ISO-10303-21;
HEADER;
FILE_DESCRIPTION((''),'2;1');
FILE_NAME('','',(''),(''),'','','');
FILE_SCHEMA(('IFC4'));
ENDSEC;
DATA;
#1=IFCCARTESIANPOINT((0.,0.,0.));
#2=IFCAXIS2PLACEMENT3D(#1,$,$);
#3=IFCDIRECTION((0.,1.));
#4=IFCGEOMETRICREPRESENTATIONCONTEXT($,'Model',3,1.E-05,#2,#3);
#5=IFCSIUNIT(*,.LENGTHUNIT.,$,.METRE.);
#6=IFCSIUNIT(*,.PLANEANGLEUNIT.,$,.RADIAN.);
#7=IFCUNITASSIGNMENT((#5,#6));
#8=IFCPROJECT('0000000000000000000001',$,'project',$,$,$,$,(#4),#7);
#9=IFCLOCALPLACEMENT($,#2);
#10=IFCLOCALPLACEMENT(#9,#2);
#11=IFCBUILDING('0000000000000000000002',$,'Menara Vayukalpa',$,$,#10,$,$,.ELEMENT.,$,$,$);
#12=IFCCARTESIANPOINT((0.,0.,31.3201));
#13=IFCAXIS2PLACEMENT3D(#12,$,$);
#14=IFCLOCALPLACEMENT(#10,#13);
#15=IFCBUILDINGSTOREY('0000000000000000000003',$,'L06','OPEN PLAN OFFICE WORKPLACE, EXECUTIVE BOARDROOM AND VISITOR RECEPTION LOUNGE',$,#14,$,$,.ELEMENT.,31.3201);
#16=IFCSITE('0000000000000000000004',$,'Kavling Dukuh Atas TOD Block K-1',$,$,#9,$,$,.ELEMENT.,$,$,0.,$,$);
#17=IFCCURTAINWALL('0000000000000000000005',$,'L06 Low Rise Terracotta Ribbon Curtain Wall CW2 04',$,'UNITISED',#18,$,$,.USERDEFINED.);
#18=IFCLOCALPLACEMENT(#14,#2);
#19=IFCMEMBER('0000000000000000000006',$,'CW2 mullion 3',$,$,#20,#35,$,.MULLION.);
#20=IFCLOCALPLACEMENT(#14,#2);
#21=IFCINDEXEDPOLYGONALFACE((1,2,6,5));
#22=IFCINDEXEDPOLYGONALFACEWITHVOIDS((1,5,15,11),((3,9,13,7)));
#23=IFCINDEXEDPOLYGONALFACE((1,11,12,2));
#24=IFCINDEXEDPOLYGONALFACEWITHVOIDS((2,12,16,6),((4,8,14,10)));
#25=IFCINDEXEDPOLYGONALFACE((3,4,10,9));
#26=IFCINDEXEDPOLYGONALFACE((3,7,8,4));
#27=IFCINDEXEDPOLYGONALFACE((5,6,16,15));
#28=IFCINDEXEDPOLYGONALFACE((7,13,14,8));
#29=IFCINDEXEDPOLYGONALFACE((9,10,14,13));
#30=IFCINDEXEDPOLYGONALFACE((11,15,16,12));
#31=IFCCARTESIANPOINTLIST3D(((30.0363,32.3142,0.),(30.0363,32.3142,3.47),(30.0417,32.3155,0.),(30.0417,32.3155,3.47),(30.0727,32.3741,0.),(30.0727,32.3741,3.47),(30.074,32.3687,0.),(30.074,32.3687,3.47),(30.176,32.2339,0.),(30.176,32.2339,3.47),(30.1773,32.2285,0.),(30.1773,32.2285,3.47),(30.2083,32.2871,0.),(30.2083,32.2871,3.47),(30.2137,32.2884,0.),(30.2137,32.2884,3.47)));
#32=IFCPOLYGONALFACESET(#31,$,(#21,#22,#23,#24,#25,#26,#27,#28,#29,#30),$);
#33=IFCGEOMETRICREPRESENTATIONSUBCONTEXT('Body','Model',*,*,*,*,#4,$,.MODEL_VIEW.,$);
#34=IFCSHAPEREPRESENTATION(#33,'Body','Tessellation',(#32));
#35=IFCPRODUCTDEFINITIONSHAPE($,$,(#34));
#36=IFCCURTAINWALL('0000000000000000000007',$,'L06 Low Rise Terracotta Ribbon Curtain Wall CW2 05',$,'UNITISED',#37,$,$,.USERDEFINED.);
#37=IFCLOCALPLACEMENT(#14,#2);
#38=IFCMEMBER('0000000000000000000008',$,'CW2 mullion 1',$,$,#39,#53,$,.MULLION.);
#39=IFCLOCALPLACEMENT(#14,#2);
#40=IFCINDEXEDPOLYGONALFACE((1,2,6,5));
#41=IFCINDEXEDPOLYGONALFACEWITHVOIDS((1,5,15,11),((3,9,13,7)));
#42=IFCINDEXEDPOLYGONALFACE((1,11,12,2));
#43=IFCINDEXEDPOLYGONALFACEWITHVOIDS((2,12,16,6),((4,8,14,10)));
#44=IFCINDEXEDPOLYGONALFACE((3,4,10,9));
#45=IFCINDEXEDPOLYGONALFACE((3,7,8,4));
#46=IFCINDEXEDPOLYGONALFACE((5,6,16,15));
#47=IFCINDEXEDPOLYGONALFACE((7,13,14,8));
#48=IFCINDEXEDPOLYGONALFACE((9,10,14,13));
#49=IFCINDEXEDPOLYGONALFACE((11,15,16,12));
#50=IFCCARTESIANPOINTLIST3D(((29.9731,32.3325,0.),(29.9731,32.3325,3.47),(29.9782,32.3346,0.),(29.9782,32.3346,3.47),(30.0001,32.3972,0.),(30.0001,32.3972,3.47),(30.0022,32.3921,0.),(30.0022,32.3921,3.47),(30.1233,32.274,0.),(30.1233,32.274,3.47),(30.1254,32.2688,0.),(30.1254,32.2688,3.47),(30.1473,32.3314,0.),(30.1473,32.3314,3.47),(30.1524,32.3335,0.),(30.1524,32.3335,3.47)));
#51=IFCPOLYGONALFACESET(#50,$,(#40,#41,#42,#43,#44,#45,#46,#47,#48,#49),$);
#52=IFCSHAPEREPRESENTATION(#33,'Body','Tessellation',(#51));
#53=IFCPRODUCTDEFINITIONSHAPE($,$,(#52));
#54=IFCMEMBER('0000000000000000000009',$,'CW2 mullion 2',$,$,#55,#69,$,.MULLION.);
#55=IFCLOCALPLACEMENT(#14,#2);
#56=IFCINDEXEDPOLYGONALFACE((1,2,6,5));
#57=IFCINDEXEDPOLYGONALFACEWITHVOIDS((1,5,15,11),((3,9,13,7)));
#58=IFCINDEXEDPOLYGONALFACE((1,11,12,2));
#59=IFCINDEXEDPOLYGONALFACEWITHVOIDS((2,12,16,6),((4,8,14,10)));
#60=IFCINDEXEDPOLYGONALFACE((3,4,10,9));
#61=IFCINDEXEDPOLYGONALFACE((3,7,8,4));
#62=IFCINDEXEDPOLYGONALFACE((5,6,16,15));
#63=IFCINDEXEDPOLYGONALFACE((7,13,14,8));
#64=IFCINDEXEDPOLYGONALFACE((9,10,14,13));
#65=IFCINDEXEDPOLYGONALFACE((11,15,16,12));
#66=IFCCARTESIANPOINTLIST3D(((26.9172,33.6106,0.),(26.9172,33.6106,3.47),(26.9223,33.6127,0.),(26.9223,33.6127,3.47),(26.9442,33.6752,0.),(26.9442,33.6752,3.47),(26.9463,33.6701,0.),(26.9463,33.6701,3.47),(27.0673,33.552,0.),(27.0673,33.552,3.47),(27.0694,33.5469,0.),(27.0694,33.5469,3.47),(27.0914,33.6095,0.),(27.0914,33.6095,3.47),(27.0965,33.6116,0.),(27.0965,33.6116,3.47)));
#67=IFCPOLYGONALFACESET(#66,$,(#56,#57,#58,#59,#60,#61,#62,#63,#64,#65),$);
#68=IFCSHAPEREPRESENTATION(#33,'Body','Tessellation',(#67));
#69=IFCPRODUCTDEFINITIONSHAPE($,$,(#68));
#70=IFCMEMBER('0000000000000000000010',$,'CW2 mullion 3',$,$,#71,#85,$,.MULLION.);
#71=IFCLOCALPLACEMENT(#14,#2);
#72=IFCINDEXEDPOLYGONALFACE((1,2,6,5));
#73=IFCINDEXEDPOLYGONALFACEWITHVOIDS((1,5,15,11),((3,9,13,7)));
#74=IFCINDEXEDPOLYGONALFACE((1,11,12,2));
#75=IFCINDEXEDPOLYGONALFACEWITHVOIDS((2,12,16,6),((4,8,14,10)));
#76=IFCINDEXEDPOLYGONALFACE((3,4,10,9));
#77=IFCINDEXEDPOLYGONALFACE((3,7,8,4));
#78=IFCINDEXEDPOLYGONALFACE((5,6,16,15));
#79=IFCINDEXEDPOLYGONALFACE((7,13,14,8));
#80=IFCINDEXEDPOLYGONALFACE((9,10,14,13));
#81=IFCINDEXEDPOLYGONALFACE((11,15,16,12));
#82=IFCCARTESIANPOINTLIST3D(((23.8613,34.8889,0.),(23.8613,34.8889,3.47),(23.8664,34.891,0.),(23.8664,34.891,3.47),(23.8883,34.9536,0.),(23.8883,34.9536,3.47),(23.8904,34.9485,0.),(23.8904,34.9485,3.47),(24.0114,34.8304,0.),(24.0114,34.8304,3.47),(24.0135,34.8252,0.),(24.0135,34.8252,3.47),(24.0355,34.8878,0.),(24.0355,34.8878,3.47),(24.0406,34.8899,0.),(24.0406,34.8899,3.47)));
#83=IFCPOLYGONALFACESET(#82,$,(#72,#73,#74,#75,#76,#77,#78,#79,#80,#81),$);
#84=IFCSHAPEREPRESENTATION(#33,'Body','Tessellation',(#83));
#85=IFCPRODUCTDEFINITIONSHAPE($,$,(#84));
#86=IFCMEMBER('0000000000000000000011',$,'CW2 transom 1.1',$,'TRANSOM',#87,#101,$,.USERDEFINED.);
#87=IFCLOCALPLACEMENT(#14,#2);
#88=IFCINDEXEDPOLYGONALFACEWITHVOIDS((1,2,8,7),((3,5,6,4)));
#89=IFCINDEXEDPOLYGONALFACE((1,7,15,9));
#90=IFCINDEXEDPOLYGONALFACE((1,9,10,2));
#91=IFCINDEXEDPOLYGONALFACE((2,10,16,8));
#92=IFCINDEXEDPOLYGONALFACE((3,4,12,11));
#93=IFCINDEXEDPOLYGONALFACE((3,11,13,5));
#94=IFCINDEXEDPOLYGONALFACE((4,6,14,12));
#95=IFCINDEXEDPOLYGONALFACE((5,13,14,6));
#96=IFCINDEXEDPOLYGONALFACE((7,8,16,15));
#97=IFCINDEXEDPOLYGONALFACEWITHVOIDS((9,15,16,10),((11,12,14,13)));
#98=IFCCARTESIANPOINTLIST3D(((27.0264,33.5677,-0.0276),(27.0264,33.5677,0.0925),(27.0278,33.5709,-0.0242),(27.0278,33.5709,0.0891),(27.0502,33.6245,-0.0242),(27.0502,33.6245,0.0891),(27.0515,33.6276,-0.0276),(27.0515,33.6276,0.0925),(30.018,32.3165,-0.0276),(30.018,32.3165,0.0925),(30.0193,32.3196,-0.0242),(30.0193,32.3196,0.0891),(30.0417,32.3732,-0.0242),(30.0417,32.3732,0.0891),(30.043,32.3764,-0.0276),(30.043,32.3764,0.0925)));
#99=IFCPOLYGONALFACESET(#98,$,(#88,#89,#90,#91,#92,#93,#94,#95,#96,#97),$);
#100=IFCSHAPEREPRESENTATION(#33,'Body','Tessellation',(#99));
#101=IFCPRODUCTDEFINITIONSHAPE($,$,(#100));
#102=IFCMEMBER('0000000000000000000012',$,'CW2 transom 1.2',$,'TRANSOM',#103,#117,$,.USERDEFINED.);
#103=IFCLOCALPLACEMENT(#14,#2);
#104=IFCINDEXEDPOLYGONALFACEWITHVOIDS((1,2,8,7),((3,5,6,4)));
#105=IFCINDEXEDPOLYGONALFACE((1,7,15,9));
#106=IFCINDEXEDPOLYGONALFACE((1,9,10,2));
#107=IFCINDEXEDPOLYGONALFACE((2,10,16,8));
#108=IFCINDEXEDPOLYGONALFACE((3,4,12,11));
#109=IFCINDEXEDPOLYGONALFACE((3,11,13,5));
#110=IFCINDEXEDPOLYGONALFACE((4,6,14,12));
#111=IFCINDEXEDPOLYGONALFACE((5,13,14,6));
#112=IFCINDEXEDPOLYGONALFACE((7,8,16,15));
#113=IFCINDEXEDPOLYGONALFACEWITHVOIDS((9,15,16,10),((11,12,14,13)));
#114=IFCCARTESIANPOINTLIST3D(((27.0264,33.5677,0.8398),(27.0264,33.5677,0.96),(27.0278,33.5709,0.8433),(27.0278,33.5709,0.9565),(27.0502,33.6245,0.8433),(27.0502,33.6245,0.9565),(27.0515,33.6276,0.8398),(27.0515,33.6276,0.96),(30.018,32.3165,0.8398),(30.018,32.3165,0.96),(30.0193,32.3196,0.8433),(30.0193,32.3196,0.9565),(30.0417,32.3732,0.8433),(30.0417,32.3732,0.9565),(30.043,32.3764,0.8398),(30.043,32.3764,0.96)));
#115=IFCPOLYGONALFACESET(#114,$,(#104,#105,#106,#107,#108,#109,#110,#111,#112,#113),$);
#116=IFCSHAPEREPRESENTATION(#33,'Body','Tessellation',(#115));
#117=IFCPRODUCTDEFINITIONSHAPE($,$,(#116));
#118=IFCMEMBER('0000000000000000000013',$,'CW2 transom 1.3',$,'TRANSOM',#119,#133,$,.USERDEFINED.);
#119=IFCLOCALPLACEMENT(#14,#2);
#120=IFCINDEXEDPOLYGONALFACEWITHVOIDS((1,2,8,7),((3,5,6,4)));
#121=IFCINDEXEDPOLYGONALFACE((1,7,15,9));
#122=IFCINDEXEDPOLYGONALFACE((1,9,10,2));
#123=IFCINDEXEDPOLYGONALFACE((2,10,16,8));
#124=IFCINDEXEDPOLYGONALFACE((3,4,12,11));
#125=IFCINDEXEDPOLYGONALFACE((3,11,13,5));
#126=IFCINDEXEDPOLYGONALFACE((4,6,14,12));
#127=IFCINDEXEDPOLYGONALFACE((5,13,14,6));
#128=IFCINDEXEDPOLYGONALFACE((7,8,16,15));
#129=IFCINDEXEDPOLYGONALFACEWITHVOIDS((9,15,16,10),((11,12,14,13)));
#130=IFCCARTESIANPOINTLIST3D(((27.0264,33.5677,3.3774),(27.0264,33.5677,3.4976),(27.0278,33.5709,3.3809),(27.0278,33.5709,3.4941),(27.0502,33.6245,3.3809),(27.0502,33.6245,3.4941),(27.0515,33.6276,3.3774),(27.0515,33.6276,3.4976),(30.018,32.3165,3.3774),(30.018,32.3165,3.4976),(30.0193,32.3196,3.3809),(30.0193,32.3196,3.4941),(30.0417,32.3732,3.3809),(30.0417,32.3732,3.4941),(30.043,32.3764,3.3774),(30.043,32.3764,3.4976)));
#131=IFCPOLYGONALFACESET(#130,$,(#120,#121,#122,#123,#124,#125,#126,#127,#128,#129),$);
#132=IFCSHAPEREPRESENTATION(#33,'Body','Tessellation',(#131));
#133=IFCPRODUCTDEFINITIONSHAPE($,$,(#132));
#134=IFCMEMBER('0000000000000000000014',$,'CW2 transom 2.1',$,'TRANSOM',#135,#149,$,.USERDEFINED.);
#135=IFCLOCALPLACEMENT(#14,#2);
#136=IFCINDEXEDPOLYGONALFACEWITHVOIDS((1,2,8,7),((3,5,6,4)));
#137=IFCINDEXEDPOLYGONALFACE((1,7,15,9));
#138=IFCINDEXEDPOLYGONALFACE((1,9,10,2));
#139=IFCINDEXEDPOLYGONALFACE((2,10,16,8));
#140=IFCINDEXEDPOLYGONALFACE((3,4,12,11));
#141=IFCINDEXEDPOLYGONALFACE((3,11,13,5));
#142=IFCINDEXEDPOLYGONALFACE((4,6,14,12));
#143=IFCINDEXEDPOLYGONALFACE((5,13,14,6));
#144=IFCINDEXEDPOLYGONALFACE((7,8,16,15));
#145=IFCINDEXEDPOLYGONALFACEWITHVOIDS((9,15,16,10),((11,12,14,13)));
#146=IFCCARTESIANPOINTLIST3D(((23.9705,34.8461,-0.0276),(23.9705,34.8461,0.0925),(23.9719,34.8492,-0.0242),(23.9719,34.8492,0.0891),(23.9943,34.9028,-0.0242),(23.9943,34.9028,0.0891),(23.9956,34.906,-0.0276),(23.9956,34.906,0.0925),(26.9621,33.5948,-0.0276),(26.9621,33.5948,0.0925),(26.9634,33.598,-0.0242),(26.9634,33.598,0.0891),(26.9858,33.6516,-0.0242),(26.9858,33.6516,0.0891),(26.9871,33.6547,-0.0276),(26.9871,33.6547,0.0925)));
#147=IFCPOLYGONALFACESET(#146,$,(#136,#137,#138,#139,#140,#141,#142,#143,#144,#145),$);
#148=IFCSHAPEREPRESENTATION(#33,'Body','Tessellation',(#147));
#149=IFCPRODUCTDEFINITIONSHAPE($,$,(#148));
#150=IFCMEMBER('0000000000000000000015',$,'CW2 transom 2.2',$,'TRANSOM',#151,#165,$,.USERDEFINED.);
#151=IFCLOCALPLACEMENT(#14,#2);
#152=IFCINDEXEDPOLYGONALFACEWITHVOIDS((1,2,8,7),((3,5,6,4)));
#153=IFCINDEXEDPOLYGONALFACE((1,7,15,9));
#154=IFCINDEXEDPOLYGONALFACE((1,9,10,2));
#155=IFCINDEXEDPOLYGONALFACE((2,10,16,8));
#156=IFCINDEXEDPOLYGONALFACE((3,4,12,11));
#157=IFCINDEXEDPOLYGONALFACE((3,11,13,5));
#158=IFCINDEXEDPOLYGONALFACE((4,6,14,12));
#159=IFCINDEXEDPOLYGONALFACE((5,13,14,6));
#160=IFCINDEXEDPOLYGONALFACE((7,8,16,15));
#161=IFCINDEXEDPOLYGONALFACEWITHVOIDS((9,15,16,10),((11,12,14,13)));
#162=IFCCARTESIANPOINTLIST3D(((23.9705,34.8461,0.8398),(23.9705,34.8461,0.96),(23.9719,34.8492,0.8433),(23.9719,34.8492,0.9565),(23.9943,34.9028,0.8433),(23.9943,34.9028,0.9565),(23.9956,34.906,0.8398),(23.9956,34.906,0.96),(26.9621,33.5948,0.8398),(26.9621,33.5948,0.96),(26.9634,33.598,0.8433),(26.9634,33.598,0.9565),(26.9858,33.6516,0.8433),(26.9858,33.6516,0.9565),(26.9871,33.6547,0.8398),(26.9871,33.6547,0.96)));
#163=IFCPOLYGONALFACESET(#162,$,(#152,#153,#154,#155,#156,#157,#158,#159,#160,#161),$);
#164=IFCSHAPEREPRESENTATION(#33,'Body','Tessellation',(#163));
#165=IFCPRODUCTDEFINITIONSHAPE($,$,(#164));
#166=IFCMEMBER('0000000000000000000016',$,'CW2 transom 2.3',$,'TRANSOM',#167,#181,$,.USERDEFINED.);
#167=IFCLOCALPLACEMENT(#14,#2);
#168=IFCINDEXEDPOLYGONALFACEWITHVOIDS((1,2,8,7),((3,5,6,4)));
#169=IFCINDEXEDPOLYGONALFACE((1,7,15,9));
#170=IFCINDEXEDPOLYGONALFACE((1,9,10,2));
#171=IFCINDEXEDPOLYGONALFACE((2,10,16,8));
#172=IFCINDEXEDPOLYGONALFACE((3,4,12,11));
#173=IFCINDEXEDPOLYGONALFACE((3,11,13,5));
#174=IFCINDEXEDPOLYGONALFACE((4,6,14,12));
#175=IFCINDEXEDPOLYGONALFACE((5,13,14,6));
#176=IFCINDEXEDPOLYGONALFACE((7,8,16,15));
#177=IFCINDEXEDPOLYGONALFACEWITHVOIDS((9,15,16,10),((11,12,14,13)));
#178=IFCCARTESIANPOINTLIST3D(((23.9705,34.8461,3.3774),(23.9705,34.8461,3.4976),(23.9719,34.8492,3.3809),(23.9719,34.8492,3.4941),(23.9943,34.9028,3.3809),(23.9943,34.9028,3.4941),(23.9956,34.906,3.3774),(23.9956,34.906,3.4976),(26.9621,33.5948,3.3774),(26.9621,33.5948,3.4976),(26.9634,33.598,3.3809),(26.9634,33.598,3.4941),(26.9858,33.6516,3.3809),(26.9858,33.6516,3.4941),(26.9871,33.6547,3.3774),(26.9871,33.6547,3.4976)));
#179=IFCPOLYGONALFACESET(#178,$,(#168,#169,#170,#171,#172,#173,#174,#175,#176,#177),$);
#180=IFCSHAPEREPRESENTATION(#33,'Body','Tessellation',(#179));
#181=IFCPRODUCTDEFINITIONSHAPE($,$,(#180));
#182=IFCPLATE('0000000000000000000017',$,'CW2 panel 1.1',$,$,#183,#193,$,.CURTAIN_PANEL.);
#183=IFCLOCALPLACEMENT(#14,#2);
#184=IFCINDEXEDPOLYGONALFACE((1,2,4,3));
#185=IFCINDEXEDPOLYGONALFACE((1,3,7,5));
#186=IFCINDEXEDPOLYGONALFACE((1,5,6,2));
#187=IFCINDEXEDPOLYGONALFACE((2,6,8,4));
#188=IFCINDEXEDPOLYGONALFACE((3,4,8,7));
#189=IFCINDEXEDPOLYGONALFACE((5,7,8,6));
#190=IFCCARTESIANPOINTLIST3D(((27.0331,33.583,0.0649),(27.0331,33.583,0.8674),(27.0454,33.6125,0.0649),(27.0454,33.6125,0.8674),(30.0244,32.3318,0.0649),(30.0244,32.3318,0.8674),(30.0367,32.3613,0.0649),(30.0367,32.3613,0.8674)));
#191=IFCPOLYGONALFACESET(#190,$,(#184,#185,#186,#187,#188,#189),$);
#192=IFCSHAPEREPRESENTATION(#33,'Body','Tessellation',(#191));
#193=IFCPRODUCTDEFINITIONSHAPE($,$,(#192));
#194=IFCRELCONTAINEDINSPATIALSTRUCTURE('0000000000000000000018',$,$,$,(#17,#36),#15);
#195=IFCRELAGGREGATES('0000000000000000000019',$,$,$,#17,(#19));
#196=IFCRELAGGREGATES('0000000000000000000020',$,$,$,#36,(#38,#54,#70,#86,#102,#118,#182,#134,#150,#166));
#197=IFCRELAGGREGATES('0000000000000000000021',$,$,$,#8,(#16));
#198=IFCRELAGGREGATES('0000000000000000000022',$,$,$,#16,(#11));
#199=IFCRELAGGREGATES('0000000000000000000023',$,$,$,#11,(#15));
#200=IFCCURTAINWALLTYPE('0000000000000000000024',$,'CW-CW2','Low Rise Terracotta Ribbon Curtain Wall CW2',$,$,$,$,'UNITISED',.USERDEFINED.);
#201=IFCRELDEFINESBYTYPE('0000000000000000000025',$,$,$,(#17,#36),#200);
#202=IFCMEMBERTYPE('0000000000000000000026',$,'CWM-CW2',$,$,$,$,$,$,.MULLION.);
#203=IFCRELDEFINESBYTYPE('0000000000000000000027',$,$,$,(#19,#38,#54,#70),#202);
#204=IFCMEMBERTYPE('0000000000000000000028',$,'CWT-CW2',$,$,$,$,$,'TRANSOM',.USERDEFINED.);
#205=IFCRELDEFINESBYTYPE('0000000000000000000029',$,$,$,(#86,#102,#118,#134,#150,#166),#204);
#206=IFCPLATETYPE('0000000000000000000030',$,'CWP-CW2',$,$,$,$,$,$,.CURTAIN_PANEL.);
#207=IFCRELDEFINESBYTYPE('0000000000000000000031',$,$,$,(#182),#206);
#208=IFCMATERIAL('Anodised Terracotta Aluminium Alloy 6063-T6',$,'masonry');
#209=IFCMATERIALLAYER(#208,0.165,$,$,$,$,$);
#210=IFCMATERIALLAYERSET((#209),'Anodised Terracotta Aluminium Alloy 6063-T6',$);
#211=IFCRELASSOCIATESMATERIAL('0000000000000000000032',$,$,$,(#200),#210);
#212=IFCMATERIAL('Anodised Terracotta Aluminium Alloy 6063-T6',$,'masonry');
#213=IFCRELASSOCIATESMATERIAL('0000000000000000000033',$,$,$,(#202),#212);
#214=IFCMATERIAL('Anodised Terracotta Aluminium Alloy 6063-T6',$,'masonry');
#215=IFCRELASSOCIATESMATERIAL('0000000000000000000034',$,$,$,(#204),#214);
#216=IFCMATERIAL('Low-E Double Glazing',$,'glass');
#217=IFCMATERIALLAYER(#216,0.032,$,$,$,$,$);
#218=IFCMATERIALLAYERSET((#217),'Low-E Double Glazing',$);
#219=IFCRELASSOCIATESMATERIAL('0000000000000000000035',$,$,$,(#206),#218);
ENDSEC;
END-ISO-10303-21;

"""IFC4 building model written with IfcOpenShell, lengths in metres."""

from ifc_helpers import new_model, si_unit, direction, frame, origin, origin_2d, place, context, subcontext, project, spatial, rectangle, hollow_rectangle, extrude, material, layer, layer_set, material_profile, profile_set, type_object, element, aggregate, save


model = new_model("IFC4")

# Units and contexts
model_context = context("Model", 3, precision=1e-05, world=origin(), true_north=direction((0.0, 1.0)))
body_context = subcontext(model_context, "Body", "Model", "MODEL_VIEW")
ifc_project = project(units=[si_unit("LENGTHUNIT", "METRE"), si_unit("PLANEANGLEUNIT", "RADIAN")], contexts=[model_context])

# Site, building, storey
site_placement = place(None, origin())
site = spatial("IfcSite", under=ifc_project, at=site_placement, Name="Kavling Dukuh Atas TOD Block K-1", CompositionType="ELEMENT", RefElevation=0.0)
building_placement = place(site_placement, origin())
building = spatial("IfcBuilding", under=site, at=building_placement, Name="Menara Vayukalpa", CompositionType="ELEMENT")
storey_placement = place(building_placement, frame((0.0, 0.0, 31.3201)))
storey = spatial("IfcBuildingStorey", under=building, at=storey_placement, Name="L06", Description="OPEN PLAN OFFICE WORKPLACE, EXECUTIVE BOARDROOM AND VISITOR RECEPTION LOUNGE", CompositionType="ELEMENT", Elevation=31.3201)

# Curtain wall, member
ifc_material_1 = material(Name="Anodised Terracotta Aluminium Alloy 6063-T6", Category="masonry")
ifc_layer_1 = layer(ifc_material_1, 0.165)
ifc_layer_set_1 = layer_set([ifc_layer_1], Name="Anodised Terracotta Aluminium Alloy 6063-T6")
curtain_wall_type = type_object("IfcCurtainWallType", Name="CW-CW2", Description="Low Rise Terracotta Ribbon Curtain Wall CW2", ElementType="UNITISED", PredefinedType="USERDEFINED", material=ifc_layer_set_1)
curtain_wall_1_placement = place(storey_placement, origin())
curtain_wall_1 = element("IfcCurtainWall", 1, at=curtain_wall_1_placement, inside=storey, type_object=curtain_wall_type, Name="L06 Low Rise Terracotta Ribbon Curtain Wall CW2 04", ObjectType="UNITISED", PredefinedType="USERDEFINED")
ifc_material_2 = material(Name="Anodised Terracotta Aluminium Alloy 6063-T6", Category="masonry")
ifc_material_profile_1 = material_profile(ifc_material_2, hollow_rectangle(XDim=0.0701, YDim=0.165, WallThickness=0.0039, at=origin_2d()), Name="ALU 70x165x4")
ifc_profile_set_1 = profile_set([ifc_material_profile_1], Name="Anodised Terracotta Aluminium Alloy 6063-T6")
member_type_1 = type_object("IfcMemberType", Name="CWM-CW2", PredefinedType="MULLION", material=ifc_profile_set_1)
member_1_placement = place(storey_placement, frame((30.125, 32.3013, 0.0), z_axis=(0.0, 0.0, 1.0), x_axis=(-0.519182, -0.854664, 0.0)))
member_1 = element("IfcMember", 2, at=member_1_placement, type_object=member_type_1, Name="CW2 mullion 3", PredefinedType="MULLION", context=body_context, shape_type="SweptSolid", body=[
    extrude(hollow_rectangle(XDim=0.0701, YDim=0.165, WallThickness=0.0039, at=origin_2d()), origin(), (0.0, 0.0, 1.0), 3.47),
])
aggregate(curtain_wall_1, [member_1])

# Curtain wall, members, plate
curtain_wall_2_placement = place(storey_placement, origin())
curtain_wall_2 = element("IfcCurtainWall", 3, at=curtain_wall_2_placement, inside=storey, type_object=curtain_wall_type, Name="L06 Low Rise Terracotta Ribbon Curtain Wall CW2 05", ObjectType="UNITISED", PredefinedType="USERDEFINED")
member_2_placement = place(storey_placement, frame((30.0627, 32.333, 0.0), z_axis=(0.0, 0.0, 1.0), x_axis=(-0.385895, -0.922543, 0.0)))
member_2 = element("IfcMember", 4, at=member_2_placement, type_object=member_type_1, Name="CW2 mullion 1", PredefinedType="MULLION", context=body_context, shape_type="SweptSolid", body=[
    extrude(hollow_rectangle(XDim=0.0701, YDim=0.165, WallThickness=0.0039, at=origin_2d()), origin(), (0.0, 0.0, 1.0), 3.47),
])
member_3_placement = place(storey_placement, frame((27.0068, 33.6111, 0.0), z_axis=(0.0, 0.0, 1.0), x_axis=(-0.385895, -0.922543, 0.0)))
member_3 = element("IfcMember", 5, at=member_3_placement, type_object=member_type_1, Name="CW2 mullion 2", PredefinedType="MULLION", context=body_context, shape_type="SweptSolid", body=[
    extrude(hollow_rectangle(XDim=0.0701, YDim=0.165, WallThickness=0.0039, at=origin_2d()), origin(), (0.0, 0.0, 1.0), 3.47),
])
member_4_placement = place(storey_placement, frame((23.9509, 34.8894, 0.0), z_axis=(0.0, 0.0, 1.0), x_axis=(-0.385895, -0.922543, 0.0)))
member_4 = element("IfcMember", 6, at=member_4_placement, type_object=member_type_1, Name="CW2 mullion 3", PredefinedType="MULLION", context=body_context, shape_type="SweptSolid", body=[
    extrude(hollow_rectangle(XDim=0.0701, YDim=0.165, WallThickness=0.0039, at=origin_2d()), origin(), (0.0, 0.0, 1.0), 3.47),
])
ifc_material_3 = material(Name="Anodised Terracotta Aluminium Alloy 6063-T6", Category="masonry")
ifc_material_profile_2 = material_profile(ifc_material_3, hollow_rectangle(XDim=0.0649, YDim=0.1201, WallThickness=0.0034, at=origin_2d()), Name="ALU 65x120x3.5")
ifc_profile_set_2 = profile_set([ifc_material_profile_2], Name="Anodised Terracotta Aluminium Alloy 6063-T6")
member_type_2 = type_object("IfcMemberType", Name="CWT-CW2", ElementType="TRANSOM", PredefinedType="USERDEFINED", material=ifc_profile_set_2)
member_5_placement = place(storey_placement, frame((30.0305, 32.3464, 0.0325), z_axis=(-0.922553, 0.385871, 0.0), x_axis=(-0.385871, -0.922553, 0.0)))
member_5 = element("IfcMember", 7, at=member_5_placement, type_object=member_type_2, Name="CW2 transom 1.1", ObjectType="TRANSOM", PredefinedType="USERDEFINED", context=body_context, shape_type="SweptSolid", body=[
    extrude(hollow_rectangle(XDim=0.0649, YDim=0.1201, WallThickness=0.0034, at=origin_2d()), origin(), (0.0, 0.0, 1.0), 3.2427),
])
member_6_placement = place(storey_placement, frame((30.0305, 32.3464, 0.8999), z_axis=(-0.922553, 0.385871, 0.0), x_axis=(-0.385871, -0.922553, 0.0)))
member_6 = element("IfcMember", 8, at=member_6_placement, type_object=member_type_2, Name="CW2 transom 1.2", ObjectType="TRANSOM", PredefinedType="USERDEFINED", context=body_context, shape_type="SweptSolid", body=[
    extrude(hollow_rectangle(XDim=0.0649, YDim=0.1201, WallThickness=0.0034, at=origin_2d()), origin(), (0.0, 0.0, 1.0), 3.2427),
])
member_7_placement = place(storey_placement, frame((30.0305, 32.3464, 3.4375), z_axis=(-0.922553, 0.385871, 0.0), x_axis=(-0.385871, -0.922553, 0.0)))
member_7 = element("IfcMember", 9, at=member_7_placement, type_object=member_type_2, Name="CW2 transom 1.3", ObjectType="TRANSOM", PredefinedType="USERDEFINED", context=body_context, shape_type="SweptSolid", body=[
    extrude(hollow_rectangle(XDim=0.0649, YDim=0.1201, WallThickness=0.0034, at=origin_2d()), origin(), (0.0, 0.0, 1.0), 3.2427),
])
member_8_placement = place(storey_placement, frame((26.9746, 33.6248, 0.0325), z_axis=(-0.922553, 0.385871, 0.0), x_axis=(-0.385871, -0.922553, 0.0)))
member_8 = element("IfcMember", 10, at=member_8_placement, type_object=member_type_2, Name="CW2 transom 2.1", ObjectType="TRANSOM", PredefinedType="USERDEFINED", context=body_context, shape_type="SweptSolid", body=[
    extrude(hollow_rectangle(XDim=0.0649, YDim=0.1201, WallThickness=0.0034, at=origin_2d()), origin(), (0.0, 0.0, 1.0), 3.2427),
])
member_9_placement = place(storey_placement, frame((26.9746, 33.6248, 0.8999), z_axis=(-0.922553, 0.385871, 0.0), x_axis=(-0.385871, -0.922553, 0.0)))
member_9 = element("IfcMember", 11, at=member_9_placement, type_object=member_type_2, Name="CW2 transom 2.2", ObjectType="TRANSOM", PredefinedType="USERDEFINED", context=body_context, shape_type="SweptSolid", body=[
    extrude(hollow_rectangle(XDim=0.0649, YDim=0.1201, WallThickness=0.0034, at=origin_2d()), origin(), (0.0, 0.0, 1.0), 3.2427),
])
member_10_placement = place(storey_placement, frame((26.9746, 33.6248, 3.4375), z_axis=(-0.922553, 0.385871, 0.0), x_axis=(-0.385871, -0.922553, 0.0)))
member_10 = element("IfcMember", 12, at=member_10_placement, type_object=member_type_2, Name="CW2 transom 2.3", ObjectType="TRANSOM", PredefinedType="USERDEFINED", context=body_context, shape_type="SweptSolid", body=[
    extrude(hollow_rectangle(XDim=0.0649, YDim=0.1201, WallThickness=0.0034, at=origin_2d()), origin(), (0.0, 0.0, 1.0), 3.2427),
])
ifc_material_4 = material(Name="Low-E Double Glazing", Category="glass")
ifc_layer_2 = layer(ifc_material_4, 0.032)
ifc_layer_set_2 = layer_set([ifc_layer_2], Name="Low-E Double Glazing")
plate_type = type_object("IfcPlateType", Name="CWP-CW2", PredefinedType="CURTAIN_PANEL", material=ifc_layer_set_2)
plate_1_placement = place(storey_placement, frame((28.5349, 32.9722, 0.0649), z_axis=(0.0, 0.0, 1.0), x_axis=(-0.922543, 0.385895, 0.0)))
plate_1 = element("IfcPlate", 13, at=plate_1_placement, type_object=plate_type, Name="CW2 panel 1.1", PredefinedType="CURTAIN_PANEL", context=body_context, shape_type="SweptSolid", body=[
    extrude(rectangle(XDim=3.2424, YDim=0.032, at=origin_2d()), origin(), (0.0, 0.0, 1.0), 0.8025),
])
aggregate(curtain_wall_2, [member_2, member_3, member_4, member_5, member_6, member_7, plate_1, member_8, member_9, member_10])

save(model, "model.ifc")
